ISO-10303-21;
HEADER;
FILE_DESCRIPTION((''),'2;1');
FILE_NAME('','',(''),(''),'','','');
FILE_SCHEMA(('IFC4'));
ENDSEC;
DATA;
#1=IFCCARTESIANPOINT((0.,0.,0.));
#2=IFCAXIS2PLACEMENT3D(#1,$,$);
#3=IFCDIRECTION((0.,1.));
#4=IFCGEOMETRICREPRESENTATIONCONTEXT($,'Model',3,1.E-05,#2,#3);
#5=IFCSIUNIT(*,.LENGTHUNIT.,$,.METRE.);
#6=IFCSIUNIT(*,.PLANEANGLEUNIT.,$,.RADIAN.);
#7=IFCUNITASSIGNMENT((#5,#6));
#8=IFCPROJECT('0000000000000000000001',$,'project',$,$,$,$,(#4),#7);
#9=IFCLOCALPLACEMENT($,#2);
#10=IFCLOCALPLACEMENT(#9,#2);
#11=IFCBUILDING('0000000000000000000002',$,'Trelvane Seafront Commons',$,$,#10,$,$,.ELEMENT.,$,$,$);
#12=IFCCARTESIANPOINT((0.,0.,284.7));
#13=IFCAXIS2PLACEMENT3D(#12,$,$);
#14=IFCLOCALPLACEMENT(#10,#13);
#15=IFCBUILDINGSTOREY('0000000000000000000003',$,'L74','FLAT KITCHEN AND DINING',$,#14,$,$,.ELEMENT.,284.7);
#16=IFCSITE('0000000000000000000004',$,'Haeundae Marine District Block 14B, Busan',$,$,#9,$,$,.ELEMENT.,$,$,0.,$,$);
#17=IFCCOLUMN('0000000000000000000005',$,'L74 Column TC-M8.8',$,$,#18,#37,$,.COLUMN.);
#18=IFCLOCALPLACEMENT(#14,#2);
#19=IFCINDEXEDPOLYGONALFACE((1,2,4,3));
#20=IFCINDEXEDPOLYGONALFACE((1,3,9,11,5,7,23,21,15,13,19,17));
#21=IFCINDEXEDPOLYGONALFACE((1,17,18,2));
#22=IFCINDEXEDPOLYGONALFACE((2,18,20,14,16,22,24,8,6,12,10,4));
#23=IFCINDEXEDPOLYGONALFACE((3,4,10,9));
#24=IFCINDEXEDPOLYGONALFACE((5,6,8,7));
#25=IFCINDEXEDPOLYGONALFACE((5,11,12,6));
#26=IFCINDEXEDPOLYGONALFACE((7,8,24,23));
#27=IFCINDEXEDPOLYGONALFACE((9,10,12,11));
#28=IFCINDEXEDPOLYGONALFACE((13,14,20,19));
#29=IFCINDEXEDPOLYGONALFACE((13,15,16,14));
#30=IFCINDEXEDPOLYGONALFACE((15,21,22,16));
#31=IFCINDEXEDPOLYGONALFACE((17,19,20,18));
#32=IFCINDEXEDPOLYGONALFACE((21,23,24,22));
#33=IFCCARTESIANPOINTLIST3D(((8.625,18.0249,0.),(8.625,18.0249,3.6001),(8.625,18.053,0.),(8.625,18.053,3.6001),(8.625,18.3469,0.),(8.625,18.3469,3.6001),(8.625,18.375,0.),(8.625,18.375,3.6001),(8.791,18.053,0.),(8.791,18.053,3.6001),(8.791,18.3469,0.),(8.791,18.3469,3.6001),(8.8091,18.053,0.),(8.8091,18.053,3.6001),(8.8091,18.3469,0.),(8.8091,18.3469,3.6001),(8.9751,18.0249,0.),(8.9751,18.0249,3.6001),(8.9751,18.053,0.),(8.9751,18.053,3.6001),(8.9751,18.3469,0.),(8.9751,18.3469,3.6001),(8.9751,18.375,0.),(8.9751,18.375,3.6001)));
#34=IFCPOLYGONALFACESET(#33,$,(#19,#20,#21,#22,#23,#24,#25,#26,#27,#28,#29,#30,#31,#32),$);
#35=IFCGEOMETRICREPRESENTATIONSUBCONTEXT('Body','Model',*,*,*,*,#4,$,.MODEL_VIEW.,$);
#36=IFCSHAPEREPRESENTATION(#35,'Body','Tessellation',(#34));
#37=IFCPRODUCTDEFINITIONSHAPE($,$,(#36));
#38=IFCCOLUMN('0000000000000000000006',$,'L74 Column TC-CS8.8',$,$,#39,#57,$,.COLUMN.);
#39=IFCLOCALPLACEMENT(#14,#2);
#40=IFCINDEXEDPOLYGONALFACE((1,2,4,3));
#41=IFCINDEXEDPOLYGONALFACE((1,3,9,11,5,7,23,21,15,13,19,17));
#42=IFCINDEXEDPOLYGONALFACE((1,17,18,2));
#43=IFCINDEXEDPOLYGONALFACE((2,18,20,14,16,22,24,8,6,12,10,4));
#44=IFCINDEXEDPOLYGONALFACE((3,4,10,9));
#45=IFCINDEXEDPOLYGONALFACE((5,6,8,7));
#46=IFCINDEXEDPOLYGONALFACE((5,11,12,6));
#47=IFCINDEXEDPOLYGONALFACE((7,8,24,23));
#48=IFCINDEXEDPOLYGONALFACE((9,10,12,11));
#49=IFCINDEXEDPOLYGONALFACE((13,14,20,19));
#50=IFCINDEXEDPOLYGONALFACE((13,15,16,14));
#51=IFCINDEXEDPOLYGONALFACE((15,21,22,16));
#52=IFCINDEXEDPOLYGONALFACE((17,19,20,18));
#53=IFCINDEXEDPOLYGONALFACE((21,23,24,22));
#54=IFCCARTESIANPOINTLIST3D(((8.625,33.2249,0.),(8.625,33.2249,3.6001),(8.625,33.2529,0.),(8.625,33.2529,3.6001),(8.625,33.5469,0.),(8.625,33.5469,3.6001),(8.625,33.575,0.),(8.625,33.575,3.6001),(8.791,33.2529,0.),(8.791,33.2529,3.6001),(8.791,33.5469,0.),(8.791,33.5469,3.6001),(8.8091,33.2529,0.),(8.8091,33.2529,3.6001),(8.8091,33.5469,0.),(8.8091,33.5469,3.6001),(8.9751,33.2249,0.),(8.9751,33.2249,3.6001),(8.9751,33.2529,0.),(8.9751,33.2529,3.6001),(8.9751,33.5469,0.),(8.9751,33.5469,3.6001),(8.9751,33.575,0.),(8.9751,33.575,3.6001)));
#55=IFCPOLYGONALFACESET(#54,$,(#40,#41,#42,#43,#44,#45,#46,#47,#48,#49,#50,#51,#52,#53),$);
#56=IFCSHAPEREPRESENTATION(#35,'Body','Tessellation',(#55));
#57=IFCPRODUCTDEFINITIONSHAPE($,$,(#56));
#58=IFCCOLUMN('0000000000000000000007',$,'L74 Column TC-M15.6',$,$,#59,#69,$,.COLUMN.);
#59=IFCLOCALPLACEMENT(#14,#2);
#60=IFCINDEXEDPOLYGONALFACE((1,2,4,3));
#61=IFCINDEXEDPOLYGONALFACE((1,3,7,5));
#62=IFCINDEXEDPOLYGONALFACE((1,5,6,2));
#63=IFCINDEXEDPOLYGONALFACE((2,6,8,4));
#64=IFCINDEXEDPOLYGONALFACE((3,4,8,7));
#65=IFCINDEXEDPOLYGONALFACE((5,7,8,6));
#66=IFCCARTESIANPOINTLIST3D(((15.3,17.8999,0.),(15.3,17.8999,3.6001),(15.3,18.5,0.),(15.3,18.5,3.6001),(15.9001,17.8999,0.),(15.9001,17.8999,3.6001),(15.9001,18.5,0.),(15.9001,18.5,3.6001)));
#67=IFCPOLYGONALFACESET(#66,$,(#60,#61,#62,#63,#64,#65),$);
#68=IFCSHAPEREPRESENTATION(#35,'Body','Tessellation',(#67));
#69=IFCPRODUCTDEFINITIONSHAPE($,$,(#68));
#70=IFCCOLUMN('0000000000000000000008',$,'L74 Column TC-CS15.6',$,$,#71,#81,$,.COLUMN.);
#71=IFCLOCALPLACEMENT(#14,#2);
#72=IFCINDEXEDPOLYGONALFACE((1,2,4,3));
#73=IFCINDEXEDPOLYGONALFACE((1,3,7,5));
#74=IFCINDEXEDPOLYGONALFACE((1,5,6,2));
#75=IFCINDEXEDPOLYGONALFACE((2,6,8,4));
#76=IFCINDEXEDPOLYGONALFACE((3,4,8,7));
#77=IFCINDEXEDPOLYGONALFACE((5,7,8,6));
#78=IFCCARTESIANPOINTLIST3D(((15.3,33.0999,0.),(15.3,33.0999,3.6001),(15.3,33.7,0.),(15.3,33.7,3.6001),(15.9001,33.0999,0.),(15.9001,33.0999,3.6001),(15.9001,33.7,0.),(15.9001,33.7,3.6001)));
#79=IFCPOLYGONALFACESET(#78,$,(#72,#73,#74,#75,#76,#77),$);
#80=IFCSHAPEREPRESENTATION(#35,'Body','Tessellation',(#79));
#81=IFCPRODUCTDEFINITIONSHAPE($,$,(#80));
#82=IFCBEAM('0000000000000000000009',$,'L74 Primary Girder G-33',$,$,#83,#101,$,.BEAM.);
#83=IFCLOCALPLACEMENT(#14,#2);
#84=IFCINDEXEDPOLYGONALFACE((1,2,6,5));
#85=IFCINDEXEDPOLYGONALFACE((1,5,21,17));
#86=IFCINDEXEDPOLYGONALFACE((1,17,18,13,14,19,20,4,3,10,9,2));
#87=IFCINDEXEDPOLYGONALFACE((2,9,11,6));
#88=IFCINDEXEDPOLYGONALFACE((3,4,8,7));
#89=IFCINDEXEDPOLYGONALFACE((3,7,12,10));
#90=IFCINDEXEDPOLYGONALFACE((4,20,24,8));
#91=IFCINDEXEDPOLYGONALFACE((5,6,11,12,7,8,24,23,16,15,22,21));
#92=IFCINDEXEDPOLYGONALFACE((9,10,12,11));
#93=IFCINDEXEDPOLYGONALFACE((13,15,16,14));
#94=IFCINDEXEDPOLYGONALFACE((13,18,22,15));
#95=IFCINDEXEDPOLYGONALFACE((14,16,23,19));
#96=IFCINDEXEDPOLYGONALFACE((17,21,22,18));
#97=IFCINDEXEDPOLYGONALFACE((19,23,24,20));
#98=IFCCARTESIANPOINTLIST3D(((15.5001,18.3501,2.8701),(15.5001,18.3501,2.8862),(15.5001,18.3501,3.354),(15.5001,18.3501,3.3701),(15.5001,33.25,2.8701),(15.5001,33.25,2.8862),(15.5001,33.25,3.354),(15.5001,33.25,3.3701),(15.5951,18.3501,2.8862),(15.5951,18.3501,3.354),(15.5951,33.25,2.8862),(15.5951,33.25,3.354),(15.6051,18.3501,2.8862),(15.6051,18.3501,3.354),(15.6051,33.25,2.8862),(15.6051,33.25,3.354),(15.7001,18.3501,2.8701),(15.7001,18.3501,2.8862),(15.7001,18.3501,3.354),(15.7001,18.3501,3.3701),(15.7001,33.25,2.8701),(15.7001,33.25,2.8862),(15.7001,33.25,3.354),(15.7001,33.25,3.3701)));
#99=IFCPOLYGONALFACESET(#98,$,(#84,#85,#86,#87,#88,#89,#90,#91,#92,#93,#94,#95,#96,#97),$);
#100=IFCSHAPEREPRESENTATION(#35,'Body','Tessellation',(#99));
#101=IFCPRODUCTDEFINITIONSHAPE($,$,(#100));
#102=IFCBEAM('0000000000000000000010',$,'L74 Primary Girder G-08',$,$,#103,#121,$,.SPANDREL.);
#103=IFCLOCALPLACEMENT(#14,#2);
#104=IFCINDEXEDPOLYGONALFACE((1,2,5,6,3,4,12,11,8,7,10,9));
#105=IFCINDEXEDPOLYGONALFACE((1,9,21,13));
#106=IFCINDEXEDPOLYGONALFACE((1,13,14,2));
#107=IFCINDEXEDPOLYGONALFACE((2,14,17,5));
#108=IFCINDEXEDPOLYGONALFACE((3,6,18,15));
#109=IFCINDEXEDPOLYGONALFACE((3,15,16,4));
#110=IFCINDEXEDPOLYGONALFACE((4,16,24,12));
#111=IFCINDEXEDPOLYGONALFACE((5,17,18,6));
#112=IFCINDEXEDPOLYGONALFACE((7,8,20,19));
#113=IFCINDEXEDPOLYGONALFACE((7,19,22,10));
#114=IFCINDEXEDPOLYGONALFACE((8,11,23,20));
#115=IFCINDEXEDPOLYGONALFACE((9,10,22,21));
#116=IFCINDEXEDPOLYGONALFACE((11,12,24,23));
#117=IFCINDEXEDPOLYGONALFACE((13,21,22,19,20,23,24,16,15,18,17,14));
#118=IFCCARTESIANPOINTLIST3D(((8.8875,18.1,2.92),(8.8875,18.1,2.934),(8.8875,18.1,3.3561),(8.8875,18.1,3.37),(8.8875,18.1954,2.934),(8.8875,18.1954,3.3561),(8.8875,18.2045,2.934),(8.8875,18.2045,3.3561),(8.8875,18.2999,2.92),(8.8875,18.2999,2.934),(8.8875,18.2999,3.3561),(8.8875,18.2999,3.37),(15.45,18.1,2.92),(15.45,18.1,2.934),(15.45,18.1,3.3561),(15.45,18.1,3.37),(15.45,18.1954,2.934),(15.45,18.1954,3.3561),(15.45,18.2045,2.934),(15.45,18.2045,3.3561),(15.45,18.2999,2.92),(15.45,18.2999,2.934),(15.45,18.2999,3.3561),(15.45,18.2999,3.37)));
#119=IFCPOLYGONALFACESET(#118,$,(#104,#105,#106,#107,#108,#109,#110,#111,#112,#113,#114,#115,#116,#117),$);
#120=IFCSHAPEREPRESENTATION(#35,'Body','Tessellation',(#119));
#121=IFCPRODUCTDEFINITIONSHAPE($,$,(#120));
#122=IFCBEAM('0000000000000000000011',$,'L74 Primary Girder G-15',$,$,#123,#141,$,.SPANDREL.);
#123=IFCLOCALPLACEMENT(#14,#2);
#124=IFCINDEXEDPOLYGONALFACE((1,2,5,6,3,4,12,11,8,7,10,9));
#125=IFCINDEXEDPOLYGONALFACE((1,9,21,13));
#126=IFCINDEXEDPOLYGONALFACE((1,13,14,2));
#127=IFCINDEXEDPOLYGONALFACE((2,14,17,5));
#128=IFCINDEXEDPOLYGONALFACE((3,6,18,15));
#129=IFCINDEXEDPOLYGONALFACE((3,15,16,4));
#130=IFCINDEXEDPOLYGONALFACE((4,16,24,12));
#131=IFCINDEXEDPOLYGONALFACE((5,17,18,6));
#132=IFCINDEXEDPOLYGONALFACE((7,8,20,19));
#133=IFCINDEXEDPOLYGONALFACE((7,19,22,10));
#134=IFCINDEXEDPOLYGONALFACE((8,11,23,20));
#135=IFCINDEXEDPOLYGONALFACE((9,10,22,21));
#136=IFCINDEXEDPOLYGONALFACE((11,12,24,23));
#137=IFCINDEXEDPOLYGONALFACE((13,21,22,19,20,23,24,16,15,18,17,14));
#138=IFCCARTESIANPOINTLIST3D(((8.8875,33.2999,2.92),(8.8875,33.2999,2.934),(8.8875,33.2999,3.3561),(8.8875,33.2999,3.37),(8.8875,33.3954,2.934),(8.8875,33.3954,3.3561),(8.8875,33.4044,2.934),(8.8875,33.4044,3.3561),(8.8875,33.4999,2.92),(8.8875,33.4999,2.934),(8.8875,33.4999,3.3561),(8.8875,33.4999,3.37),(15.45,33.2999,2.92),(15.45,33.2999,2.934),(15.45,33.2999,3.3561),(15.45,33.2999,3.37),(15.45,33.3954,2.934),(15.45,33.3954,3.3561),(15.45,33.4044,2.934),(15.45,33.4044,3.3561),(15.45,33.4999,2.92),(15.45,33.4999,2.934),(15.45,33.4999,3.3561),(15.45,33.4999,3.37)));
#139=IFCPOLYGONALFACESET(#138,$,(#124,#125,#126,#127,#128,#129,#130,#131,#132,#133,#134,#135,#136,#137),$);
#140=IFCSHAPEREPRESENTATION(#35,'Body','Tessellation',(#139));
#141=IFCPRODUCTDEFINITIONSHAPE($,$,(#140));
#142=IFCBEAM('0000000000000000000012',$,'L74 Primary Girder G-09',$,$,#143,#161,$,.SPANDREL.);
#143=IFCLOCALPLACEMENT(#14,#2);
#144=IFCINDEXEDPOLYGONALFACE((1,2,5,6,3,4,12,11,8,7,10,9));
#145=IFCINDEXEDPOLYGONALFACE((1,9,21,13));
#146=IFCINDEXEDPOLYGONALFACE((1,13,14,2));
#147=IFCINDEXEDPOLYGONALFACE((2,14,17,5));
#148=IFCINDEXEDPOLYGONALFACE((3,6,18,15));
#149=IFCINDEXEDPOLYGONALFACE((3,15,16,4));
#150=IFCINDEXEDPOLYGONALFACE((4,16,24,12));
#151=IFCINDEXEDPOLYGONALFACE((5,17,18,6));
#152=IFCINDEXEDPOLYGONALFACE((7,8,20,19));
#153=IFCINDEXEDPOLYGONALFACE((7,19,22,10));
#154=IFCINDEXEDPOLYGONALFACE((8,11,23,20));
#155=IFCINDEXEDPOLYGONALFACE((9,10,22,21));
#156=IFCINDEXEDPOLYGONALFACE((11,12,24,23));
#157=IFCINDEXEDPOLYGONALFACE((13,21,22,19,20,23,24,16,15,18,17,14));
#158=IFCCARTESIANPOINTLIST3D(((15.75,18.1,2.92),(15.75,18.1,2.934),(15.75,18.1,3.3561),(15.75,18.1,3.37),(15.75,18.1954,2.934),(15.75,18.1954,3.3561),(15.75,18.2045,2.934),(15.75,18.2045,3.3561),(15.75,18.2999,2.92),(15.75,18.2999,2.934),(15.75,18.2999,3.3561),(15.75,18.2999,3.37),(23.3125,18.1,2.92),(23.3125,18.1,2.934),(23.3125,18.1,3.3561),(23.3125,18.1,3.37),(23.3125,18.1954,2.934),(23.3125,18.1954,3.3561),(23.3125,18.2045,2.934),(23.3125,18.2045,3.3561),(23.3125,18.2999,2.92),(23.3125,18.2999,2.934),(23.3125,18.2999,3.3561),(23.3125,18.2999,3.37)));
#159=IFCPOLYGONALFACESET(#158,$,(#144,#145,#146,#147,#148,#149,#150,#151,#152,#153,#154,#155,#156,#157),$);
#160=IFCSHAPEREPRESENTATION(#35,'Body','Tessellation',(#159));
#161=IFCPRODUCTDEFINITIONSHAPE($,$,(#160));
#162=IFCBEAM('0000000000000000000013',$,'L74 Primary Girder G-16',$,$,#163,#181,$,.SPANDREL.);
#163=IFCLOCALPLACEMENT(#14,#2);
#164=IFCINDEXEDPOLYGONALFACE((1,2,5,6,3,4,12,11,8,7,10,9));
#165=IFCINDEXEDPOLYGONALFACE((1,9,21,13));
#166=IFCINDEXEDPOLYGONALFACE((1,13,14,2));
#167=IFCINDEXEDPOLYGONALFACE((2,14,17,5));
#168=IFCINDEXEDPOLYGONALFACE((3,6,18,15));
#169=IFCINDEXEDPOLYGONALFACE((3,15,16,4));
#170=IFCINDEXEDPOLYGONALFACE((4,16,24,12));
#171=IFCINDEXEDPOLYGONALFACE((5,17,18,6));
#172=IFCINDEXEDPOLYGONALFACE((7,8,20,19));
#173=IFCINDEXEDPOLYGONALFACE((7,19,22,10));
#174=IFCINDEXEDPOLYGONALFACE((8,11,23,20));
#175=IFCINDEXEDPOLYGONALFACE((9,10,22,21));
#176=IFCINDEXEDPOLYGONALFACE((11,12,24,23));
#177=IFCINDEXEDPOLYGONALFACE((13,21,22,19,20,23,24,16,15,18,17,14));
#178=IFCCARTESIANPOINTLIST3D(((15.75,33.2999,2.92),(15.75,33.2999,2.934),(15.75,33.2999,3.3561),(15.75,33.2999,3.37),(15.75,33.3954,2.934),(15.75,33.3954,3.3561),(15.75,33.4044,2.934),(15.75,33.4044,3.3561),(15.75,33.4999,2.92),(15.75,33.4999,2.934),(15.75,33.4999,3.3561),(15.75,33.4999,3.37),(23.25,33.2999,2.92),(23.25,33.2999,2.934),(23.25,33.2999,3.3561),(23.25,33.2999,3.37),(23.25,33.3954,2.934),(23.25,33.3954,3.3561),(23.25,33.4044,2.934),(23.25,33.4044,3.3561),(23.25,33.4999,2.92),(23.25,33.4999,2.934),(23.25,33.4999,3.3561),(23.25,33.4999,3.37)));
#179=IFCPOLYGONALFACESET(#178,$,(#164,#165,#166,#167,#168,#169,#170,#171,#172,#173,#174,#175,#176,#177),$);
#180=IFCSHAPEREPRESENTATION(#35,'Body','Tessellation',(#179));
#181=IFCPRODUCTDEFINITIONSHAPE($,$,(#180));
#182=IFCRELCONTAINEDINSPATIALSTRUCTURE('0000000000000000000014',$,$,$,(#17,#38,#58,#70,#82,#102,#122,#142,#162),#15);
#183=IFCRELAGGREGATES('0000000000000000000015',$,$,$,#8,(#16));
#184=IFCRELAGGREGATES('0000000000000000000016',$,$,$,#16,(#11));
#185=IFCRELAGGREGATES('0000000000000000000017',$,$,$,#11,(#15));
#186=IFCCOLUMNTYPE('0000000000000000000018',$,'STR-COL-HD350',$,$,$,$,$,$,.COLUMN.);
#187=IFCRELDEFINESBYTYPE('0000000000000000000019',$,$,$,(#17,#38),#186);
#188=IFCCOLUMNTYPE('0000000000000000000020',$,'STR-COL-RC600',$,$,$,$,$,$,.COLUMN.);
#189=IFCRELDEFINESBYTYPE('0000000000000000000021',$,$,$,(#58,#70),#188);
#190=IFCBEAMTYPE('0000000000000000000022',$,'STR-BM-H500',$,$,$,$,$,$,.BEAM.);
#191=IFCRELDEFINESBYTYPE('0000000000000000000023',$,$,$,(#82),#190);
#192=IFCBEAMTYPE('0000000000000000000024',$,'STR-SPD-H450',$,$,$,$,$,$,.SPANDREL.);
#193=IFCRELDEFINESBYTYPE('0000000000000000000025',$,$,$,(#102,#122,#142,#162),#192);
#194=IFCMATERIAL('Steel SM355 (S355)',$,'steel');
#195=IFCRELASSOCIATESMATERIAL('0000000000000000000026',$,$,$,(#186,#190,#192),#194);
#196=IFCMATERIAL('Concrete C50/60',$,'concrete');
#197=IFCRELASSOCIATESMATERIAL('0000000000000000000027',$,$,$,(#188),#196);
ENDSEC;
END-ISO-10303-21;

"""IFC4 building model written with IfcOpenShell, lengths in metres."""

from ifc_helpers import new_model, si_unit, direction, frame, origin, origin_2d, place, context, subcontext, project, spatial, rectangle, i_section, extrude, source, transform, mapped, material, material_profile, profile_set, type_object, element, save


model = new_model("IFC4")

# Units and contexts
model_context = context("Model", 3, precision=1e-05, world=origin(), true_north=direction((0.0, 1.0)))
body_context = subcontext(model_context, "Body", "Model", "MODEL_VIEW")
ifc_project = project(units=[si_unit("LENGTHUNIT", "METRE"), si_unit("PLANEANGLEUNIT", "RADIAN")], contexts=[model_context])

# Site, building, storey
site_placement = place(None, origin())
site = spatial("IfcSite", under=ifc_project, at=site_placement, Name="Haeundae Marine District Block 14B, Busan", CompositionType="ELEMENT", RefElevation=0.0)
building_placement = place(site_placement, origin())
building = spatial("IfcBuilding", under=site, at=building_placement, Name="Trelvane Seafront Commons", CompositionType="ELEMENT")
storey_placement = place(building_placement, frame((0.0, 0.0, 284.7)))
storey = spatial("IfcBuildingStorey", under=building, at=storey_placement, Name="L74", Description="FLAT KITCHEN AND DINING", CompositionType="ELEMENT", Elevation=284.7)

# Columns
ifc_material_1 = material(Name="Steel SM355 (S355)", Category="steel")
ifc_material_profile_1 = material_profile(ifc_material_1, i_section(OverallWidth=0.3501, OverallDepth=0.3501, WebThickness=0.0181, FlangeThickness=0.0281, at=origin_2d()), Name="HD-350x350x18x28")
ifc_profile_set_1 = profile_set([ifc_material_profile_1], Name="Steel SM355 (S355)")
column_type_1 = type_object("IfcColumnType", Name="STR-COL-HD350", PredefinedType="COLUMN", material=ifc_profile_set_1)
shared_shape_1 = source(origin(), body_context, "Body", "SweptSolid", [
    extrude(i_section(OverallWidth=0.3501, OverallDepth=0.3501, WebThickness=0.0181, FlangeThickness=0.0281, at=origin_2d()), origin(), (0.0, 0.0, 1.0), 3.6001),
])
for number, where, z_axis, x_axis, name in (
    (1, (8.8, 18.2, 0.0), (0.0, 0.0, 1.0), (1.0, 0.0, 0.0), "L74 Column TC-M8.8"),
    (2, (8.8, 33.3999, 0.0), (0.0, 0.0, 1.0), (1.0, 0.0, 0.0), "L74 Column TC-CS8.8"),
):
    element("IfcColumn", number, at=place(storey_placement, frame(where, z_axis=z_axis, x_axis=x_axis)), inside=storey, type_object=column_type_1, Name=name, PredefinedType="COLUMN", context=body_context, shape_type="MappedRepresentation", body=[
        mapped(shared_shape_1, transform((0.0, 0.0, 0.0), x_axis=(1.0, 0.0, 0.0), y_axis=(0.0, 1.0, 0.0), z_axis=(0.0, 0.0, 1.0), scale=1.0)),
    ])
ifc_material_2 = material(Name="Concrete C50/60", Category="concrete")
ifc_material_profile_2 = material_profile(ifc_material_2, rectangle(XDim=0.6001, YDim=0.6001, at=origin_2d()), Name="RC-600x600")
ifc_profile_set_2 = profile_set([ifc_material_profile_2], Name="Concrete C50/60")
column_type_2 = type_object("IfcColumnType", Name="STR-COL-RC600", PredefinedType="COLUMN", material=ifc_profile_set_2)
shared_shape_2 = source(origin(), body_context, "Body", "SweptSolid", [
    extrude(rectangle(XDim=0.6001, YDim=0.6001, at=origin_2d()), origin(), (0.0, 0.0, 1.0), 3.6001),
])
for number, where, z_axis, x_axis, name in (
    (3, (15.6001, 18.2, 0.0), (0.0, 0.0, 1.0), (1.0, 0.0, 0.0), "L74 Column TC-M15.6"),
    (4, (15.6001, 33.3999, 0.0), (0.0, 0.0, 1.0), (1.0, 0.0, 0.0), "L74 Column TC-CS15.6"),
):
    element("IfcColumn", number, at=place(storey_placement, frame(where, z_axis=z_axis, x_axis=x_axis)), inside=storey, type_object=column_type_2, Name=name, PredefinedType="COLUMN", context=body_context, shape_type="MappedRepresentation", body=[
        mapped(shared_shape_2, transform((0.0, 0.0, 0.0), x_axis=(1.0, 0.0, 0.0), y_axis=(0.0, 1.0, 0.0), z_axis=(0.0, 0.0, 1.0), scale=1.0)),
    ])

# Beams
ifc_material_profile_3 = material_profile(ifc_material_1, i_section(OverallWidth=0.2, OverallDepth=0.5, WebThickness=0.01, FlangeThickness=0.0161, at=origin_2d()), Name="H-500x200x10x16")
ifc_profile_set_3 = profile_set([ifc_material_profile_3], Name="Steel SM355 (S355)")
beam_type_1 = type_object("IfcBeamType", Name="STR-BM-H500", PredefinedType="BEAM", material=ifc_profile_set_3)
shared_shape_3 = source(origin(), body_context, "Body", "SweptSolid", [
    extrude(i_section(OverallWidth=0.2, OverallDepth=0.5, WebThickness=0.01, FlangeThickness=0.0161, at=origin_2d()), origin(), (0.0, 0.0, 1.0), 14.8999),
])
beam_1_placement = place(storey_placement, frame((15.6001, 18.3501, 3.1201), z_axis=(0.0, 1.0, 0.0), x_axis=(-1.0, 0.0, 0.0)))
element("IfcBeam", 5, at=beam_1_placement, inside=storey, type_object=beam_type_1, Name="L74 Primary Girder G-33", PredefinedType="BEAM", context=body_context, shape_type="MappedRepresentation", body=[
    mapped(shared_shape_3, transform((0.0, 0.0, 0.0), x_axis=(1.0, 0.0, 0.0), y_axis=(0.0, 1.0, 0.0), z_axis=(0.0, 0.0, 1.0), scale=1.0)),
])
ifc_material_profile_4 = material_profile(ifc_material_1, i_section(OverallWidth=0.2, OverallDepth=0.45, WebThickness=0.009, FlangeThickness=0.0139, at=origin_2d()), Name="H-450x200x9x14")
ifc_profile_set_4 = profile_set([ifc_material_profile_4], Name="Steel SM355 (S355)")
beam_type_2 = type_object("IfcBeamType", Name="STR-SPD-H450", PredefinedType="SPANDREL", material=ifc_profile_set_4)
shared_shape_4 = source(origin(), body_context, "Body", "SweptSolid", [
    extrude(i_section(OverallWidth=0.2, OverallDepth=0.45, WebThickness=0.009, FlangeThickness=0.0139, at=origin_2d()), origin(), (0.0, 0.0, 1.0), 6.5625),
])
for number, where, z_axis, x_axis, name in (
    (6, (8.8875, 18.2, 3.145), (1.0, 0.0, 0.0), (0.0, 1.0, 0.0), "L74 Primary Girder G-08"),
    (7, (8.8875, 33.3999, 3.145), (1.0, 0.0, 0.0), (0.0, 1.0, 0.0), "L74 Primary Girder G-15"),
):
    element("IfcBeam", number, at=place(storey_placement, frame(where, z_axis=z_axis, x_axis=x_axis)), inside=storey, type_object=beam_type_2, Name=name, PredefinedType="SPANDREL", context=body_context, shape_type="MappedRepresentation", body=[
        mapped(shared_shape_4, transform((0.0, 0.0, 0.0), x_axis=(1.0, 0.0, 0.0), y_axis=(0.0, 1.0, 0.0), z_axis=(0.0, 0.0, 1.0), scale=1.0)),
    ])
shared_shape_5 = source(origin(), body_context, "Body", "SweptSolid", [
    extrude(i_section(OverallWidth=0.2, OverallDepth=0.45, WebThickness=0.009, FlangeThickness=0.0139, at=origin_2d()), origin(), (0.0, 0.0, 1.0), 7.5625),
])
beam_2_placement = place(storey_placement, frame((15.75, 18.2, 3.145), z_axis=(1.0, 0.0, 0.0), x_axis=(0.0, 1.0, 0.0)))
element("IfcBeam", 8, at=beam_2_placement, inside=storey, type_object=beam_type_2, Name="L74 Primary Girder G-09", PredefinedType="SPANDREL", context=body_context, shape_type="MappedRepresentation", body=[
    mapped(shared_shape_5, transform((0.0, 0.0, 0.0), x_axis=(1.0, 0.0, 0.0), y_axis=(0.0, 1.0, 0.0), z_axis=(0.0, 0.0, 1.0), scale=1.0)),
])
shared_shape_6 = source(origin(), body_context, "Body", "SweptSolid", [
    extrude(i_section(OverallWidth=0.2, OverallDepth=0.45, WebThickness=0.009, FlangeThickness=0.0139, at=origin_2d()), origin(), (0.0, 0.0, 1.0), 7.5),
])
beam_3_placement = place(storey_placement, frame((15.75, 33.3999, 3.145), z_axis=(1.0, 0.0, 0.0), x_axis=(0.0, 1.0, 0.0)))
element("IfcBeam", 9, at=beam_3_placement, inside=storey, type_object=beam_type_2, Name="L74 Primary Girder G-16", PredefinedType="SPANDREL", context=body_context, shape_type="MappedRepresentation", body=[
    mapped(shared_shape_6, transform((0.0, 0.0, 0.0), x_axis=(1.0, 0.0, 0.0), y_axis=(0.0, 1.0, 0.0), z_axis=(0.0, 0.0, 1.0), scale=1.0)),
])

save(model, "model.ifc")
